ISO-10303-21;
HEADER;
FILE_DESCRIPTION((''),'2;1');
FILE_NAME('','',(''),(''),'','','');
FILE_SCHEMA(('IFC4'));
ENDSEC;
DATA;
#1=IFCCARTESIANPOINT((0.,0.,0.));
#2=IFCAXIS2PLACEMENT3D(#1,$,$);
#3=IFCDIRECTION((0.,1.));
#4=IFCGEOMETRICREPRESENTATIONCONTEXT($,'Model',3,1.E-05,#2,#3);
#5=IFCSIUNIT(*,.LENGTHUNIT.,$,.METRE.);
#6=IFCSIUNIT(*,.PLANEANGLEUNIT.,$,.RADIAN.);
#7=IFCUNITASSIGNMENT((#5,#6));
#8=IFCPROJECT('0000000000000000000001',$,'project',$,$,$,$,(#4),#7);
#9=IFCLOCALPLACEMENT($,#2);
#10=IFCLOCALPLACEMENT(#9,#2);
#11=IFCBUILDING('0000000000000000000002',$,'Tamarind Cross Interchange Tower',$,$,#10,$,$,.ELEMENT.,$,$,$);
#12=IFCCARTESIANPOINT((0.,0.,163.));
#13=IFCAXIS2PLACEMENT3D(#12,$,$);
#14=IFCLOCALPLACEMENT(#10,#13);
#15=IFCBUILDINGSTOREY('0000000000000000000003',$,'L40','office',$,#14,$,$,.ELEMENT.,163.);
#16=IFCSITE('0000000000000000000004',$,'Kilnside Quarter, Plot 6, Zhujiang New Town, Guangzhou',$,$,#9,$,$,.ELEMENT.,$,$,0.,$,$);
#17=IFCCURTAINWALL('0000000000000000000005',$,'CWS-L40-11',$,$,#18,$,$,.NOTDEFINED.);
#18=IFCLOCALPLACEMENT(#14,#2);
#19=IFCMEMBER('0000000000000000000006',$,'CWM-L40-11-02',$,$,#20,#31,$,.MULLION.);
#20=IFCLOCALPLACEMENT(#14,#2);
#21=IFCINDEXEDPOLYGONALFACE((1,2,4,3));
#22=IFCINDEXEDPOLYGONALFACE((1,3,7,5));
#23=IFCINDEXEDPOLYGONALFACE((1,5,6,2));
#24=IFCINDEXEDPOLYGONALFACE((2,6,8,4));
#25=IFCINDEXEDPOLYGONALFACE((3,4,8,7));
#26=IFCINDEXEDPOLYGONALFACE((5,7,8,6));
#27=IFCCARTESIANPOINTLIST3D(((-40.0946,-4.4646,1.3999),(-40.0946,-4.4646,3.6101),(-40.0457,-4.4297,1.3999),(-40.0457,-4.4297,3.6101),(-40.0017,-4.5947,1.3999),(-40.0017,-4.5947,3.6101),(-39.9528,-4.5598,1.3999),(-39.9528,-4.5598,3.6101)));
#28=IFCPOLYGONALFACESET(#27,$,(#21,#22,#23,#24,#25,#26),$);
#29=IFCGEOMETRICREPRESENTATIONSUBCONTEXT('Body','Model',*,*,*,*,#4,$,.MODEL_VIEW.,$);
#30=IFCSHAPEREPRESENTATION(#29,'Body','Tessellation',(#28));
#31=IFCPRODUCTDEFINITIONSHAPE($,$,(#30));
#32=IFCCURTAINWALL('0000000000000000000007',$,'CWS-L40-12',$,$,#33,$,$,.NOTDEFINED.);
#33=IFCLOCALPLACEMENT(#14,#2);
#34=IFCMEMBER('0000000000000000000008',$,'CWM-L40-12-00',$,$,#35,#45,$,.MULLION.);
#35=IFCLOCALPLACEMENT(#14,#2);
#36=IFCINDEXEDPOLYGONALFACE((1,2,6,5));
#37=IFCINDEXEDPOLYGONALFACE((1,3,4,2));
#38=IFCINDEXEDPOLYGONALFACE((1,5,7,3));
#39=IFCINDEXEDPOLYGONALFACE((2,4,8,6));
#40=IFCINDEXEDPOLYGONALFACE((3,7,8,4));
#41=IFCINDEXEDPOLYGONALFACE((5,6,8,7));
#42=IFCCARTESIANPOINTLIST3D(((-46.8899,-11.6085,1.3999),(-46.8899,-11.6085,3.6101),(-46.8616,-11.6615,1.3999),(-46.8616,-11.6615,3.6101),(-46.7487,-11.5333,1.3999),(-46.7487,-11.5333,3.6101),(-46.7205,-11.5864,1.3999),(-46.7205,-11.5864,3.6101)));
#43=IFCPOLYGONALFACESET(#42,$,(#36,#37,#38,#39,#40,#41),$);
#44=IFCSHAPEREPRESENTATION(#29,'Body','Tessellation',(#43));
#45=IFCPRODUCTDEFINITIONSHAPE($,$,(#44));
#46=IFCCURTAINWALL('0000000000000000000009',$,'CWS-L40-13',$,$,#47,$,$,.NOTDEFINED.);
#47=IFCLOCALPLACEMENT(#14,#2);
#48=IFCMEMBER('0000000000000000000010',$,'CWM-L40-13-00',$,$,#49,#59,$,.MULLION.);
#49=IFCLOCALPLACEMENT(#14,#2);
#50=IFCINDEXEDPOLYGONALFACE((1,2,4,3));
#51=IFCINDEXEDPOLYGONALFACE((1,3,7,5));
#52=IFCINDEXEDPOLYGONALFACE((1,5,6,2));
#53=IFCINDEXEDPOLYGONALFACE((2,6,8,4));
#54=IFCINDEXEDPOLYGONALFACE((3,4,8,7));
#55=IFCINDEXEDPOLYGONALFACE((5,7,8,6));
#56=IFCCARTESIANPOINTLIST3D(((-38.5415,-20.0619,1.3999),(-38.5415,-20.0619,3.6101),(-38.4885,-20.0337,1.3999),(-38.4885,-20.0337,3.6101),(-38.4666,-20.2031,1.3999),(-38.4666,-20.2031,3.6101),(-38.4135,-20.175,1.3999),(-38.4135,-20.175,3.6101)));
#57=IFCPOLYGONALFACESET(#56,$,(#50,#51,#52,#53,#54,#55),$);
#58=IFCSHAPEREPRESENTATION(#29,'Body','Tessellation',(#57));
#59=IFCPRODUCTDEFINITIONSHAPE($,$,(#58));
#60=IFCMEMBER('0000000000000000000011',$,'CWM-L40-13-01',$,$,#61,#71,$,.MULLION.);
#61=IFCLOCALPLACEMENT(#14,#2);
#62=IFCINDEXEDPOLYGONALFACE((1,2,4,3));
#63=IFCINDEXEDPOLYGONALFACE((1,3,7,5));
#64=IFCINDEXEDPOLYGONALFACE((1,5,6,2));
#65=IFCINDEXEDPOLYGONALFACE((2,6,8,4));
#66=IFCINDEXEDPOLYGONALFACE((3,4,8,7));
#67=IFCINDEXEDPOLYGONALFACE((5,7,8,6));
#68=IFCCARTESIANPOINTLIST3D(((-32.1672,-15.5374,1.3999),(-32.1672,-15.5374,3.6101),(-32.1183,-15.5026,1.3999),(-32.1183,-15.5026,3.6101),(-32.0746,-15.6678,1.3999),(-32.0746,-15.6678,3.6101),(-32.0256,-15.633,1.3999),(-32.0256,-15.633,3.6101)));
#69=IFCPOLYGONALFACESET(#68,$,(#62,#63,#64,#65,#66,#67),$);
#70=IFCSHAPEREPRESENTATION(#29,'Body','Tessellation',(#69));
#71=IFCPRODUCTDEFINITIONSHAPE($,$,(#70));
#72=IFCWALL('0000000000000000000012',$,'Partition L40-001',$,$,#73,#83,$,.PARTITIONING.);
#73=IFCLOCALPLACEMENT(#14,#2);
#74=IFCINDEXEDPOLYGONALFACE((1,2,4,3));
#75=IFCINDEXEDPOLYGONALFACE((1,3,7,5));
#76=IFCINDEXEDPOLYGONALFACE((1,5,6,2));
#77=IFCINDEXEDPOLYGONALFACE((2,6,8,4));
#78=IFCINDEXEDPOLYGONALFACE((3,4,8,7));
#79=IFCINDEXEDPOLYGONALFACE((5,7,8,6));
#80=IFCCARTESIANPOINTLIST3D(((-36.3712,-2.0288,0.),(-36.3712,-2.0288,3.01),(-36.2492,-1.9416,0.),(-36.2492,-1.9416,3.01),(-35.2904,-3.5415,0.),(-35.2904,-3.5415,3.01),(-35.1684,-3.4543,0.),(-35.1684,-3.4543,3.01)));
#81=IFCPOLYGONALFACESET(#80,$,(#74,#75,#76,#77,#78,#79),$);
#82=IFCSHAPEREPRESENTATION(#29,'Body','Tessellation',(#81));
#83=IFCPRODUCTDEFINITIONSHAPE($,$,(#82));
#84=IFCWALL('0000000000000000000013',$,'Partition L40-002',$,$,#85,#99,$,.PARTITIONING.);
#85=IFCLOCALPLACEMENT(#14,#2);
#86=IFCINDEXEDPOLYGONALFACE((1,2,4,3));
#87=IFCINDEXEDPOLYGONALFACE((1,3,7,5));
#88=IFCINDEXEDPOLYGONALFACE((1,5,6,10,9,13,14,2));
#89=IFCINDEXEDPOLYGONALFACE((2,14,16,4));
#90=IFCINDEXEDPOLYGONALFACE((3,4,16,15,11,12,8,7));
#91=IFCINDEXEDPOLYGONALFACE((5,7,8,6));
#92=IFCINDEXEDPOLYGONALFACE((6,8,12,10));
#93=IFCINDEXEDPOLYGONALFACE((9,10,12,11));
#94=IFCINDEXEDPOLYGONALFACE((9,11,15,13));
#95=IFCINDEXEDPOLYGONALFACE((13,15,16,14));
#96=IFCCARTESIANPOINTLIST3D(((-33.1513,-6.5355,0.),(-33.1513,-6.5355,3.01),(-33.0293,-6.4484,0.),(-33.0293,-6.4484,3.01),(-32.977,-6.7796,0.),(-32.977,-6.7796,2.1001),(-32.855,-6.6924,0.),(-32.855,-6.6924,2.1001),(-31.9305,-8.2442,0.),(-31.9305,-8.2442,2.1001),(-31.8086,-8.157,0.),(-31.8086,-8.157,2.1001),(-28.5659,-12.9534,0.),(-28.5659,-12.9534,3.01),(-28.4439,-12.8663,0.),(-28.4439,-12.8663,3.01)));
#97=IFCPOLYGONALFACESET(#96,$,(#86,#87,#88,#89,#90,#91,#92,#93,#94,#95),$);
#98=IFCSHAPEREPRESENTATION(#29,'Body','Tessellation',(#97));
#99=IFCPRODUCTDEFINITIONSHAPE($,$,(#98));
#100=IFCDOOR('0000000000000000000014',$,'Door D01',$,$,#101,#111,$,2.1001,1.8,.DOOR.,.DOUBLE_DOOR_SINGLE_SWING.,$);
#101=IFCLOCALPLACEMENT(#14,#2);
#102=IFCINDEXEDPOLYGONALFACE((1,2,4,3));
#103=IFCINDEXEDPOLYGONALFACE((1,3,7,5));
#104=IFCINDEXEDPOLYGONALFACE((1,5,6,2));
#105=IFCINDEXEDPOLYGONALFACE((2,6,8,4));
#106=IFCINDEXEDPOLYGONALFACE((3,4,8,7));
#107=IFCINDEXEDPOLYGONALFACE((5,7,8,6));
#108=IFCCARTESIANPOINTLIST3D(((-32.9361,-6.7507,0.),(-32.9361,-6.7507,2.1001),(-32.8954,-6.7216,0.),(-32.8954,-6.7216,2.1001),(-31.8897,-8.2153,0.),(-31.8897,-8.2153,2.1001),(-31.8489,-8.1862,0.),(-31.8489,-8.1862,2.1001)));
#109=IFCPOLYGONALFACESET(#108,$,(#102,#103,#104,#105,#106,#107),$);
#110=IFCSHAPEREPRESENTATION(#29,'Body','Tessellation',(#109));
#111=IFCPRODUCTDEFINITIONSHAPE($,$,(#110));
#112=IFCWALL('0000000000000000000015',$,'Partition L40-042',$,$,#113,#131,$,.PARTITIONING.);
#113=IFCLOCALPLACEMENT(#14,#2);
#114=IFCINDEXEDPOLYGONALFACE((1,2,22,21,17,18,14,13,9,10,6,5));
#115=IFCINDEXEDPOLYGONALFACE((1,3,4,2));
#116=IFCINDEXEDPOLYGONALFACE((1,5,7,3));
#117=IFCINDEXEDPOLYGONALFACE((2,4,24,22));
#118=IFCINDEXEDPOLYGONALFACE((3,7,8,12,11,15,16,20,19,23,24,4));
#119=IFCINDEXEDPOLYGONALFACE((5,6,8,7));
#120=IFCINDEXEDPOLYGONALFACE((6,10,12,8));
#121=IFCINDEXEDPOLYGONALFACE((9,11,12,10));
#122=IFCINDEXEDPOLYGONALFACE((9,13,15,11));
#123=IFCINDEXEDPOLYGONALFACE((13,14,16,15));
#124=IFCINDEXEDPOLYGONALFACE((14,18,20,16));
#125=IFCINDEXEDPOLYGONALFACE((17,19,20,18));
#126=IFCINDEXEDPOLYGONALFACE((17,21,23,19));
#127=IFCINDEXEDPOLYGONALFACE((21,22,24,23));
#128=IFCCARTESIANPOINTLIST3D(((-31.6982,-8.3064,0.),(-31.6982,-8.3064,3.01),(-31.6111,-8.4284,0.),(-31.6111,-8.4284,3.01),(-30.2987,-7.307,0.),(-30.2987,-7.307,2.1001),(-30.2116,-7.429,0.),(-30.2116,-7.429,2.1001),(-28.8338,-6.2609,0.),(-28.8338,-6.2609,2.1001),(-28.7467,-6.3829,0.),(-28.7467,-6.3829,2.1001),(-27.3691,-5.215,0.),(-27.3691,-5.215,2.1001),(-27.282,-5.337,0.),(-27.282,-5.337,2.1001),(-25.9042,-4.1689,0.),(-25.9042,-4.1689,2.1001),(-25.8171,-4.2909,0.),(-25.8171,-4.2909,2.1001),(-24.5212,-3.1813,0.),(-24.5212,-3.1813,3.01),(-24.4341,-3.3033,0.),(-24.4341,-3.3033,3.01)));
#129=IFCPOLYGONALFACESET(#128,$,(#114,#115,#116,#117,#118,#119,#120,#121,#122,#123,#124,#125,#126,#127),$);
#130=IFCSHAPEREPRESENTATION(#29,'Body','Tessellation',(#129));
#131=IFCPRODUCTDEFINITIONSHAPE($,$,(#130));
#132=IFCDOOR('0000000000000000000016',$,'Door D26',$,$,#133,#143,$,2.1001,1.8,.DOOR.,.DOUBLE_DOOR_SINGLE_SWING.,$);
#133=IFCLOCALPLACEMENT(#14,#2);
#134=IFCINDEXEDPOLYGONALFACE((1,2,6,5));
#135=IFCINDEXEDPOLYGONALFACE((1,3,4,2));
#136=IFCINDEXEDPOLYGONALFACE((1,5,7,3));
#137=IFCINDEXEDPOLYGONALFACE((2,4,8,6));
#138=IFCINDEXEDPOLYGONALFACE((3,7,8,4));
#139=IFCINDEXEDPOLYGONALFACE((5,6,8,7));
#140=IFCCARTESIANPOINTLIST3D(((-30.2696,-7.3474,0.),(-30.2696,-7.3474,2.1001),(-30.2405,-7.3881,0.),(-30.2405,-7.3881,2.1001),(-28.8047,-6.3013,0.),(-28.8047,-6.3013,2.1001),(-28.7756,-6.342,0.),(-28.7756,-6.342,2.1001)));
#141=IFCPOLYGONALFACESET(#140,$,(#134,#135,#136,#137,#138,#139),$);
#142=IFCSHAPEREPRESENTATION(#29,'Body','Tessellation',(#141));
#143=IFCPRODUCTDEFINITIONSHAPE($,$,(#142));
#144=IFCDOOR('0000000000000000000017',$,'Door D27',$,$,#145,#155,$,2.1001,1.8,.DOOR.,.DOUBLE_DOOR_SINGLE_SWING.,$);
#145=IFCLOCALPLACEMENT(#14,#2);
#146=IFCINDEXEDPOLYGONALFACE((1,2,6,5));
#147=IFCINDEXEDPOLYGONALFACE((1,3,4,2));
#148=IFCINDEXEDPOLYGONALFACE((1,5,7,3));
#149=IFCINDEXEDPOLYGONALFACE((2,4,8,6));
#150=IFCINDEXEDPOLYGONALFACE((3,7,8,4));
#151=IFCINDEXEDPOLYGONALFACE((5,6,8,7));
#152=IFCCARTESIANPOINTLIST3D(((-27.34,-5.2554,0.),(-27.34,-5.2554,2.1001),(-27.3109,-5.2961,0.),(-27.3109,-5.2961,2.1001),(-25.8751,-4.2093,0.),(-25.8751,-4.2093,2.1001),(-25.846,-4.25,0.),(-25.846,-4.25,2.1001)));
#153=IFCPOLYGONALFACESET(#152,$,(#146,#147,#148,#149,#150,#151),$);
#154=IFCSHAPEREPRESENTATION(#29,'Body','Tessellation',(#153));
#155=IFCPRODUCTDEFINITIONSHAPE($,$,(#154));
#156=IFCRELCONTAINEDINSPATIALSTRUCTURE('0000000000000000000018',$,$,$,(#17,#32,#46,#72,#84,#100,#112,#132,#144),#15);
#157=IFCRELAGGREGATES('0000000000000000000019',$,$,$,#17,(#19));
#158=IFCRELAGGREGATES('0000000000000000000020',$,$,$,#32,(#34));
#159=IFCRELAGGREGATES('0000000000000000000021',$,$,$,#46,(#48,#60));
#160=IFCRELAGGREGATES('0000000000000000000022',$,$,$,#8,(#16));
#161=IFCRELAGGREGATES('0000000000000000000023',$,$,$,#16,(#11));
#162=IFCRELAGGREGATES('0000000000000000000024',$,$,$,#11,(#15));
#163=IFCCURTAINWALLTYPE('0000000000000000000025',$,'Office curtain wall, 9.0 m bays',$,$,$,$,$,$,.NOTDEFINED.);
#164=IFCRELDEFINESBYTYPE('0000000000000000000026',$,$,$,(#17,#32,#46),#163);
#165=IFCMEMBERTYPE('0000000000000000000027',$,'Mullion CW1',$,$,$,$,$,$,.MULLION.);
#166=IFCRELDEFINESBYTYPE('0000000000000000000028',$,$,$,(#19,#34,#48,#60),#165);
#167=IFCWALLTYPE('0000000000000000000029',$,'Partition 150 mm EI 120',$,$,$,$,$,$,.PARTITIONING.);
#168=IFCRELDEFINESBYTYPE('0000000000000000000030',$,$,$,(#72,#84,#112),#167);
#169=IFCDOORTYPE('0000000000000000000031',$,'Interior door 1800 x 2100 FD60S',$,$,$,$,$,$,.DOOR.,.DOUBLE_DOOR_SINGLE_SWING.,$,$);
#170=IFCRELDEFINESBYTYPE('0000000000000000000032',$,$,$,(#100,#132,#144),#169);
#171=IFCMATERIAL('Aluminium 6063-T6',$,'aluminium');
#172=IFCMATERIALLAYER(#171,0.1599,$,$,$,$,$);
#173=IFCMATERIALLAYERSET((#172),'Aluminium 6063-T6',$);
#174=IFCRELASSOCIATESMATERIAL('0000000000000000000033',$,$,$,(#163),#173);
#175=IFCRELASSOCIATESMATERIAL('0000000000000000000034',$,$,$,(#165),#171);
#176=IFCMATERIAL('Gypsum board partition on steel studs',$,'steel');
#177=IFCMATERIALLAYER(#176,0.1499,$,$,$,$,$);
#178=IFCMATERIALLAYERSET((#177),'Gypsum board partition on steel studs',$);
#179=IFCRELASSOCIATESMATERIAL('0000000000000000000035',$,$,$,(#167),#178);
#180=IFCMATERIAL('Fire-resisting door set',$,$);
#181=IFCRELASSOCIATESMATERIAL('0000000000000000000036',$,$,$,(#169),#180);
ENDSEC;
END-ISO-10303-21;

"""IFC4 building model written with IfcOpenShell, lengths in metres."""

from ifc_helpers import new_model, si_unit, direction, frame, frame_2d, origin, origin_2d, place, context, subcontext, project, spatial, rectangle, extrude, material, layer, layer_set, material_profile, profile_set, type_object, element, fill, aggregate, save


model = new_model("IFC4")

# Units and contexts
model_context = context("Model", 3, precision=1e-05, world=origin(), true_north=direction((0.0, 1.0)))
body_context = subcontext(model_context, "Body", "Model", "MODEL_VIEW")
ifc_project = project(units=[si_unit("LENGTHUNIT", "METRE"), si_unit("PLANEANGLEUNIT", "RADIAN")], contexts=[model_context])

# Site, building, storey
site_placement = place(None, origin())
site = spatial("IfcSite", under=ifc_project, at=site_placement, Name="Kilnside Quarter, Plot 6, Zhujiang New Town, Guangzhou", CompositionType="ELEMENT", RefElevation=0.0)
building_placement = place(site_placement, origin())
building = spatial("IfcBuilding", under=site, at=building_placement, Name="Tamarind Cross Interchange Tower", CompositionType="ELEMENT")
storey_placement = place(building_placement, frame((0.0, 0.0, 163.0)))
storey = spatial("IfcBuildingStorey", under=building, at=storey_placement, Name="L40", Description="office", CompositionType="ELEMENT", Elevation=163.0)

# Curtain walls, members
ifc_material_1 = material(Name="Aluminium 6063-T6", Category="aluminium")
ifc_layer_1 = layer(ifc_material_1, 0.1599)
ifc_layer_set_1 = layer_set([ifc_layer_1], Name="Aluminium 6063-T6")
curtain_wall_type = type_object("IfcCurtainWallType", Name="Office curtain wall, 9.0 m bays", PredefinedType="NOTDEFINED", material=ifc_layer_set_1)
curtain_wall_1_placement = place(storey_placement, origin())
curtain_wall_1 = element("IfcCurtainWall", 1, at=curtain_wall_1_placement, inside=storey, type_object=curtain_wall_type, Name="CWS-L40-11", PredefinedType="NOTDEFINED")
ifc_material_profile_1 = material_profile(ifc_material_1, rectangle(XDim=0.0601, YDim=0.1599, at=origin_2d()), Name="Mullion CW1")
ifc_profile_set_1 = profile_set([ifc_material_profile_1], Name="Aluminium 6063-T6")
member_type = type_object("IfcMemberType", Name="Mullion CW1", PredefinedType="MULLION", material=ifc_profile_set_1)
member_1_placement = place(storey_placement, frame((-40.0237, -4.5122, 1.3999), z_axis=(0.0, 0.0, 1.0), x_axis=(-0.81388, -0.581033, 0.0)))
member_1 = element("IfcMember", 2, at=member_1_placement, type_object=member_type, Name="CWM-L40-11-02", PredefinedType="MULLION", context=body_context, shape_type="SweptSolid", body=[
    extrude(rectangle(XDim=0.0601, YDim=0.1599, at=origin_2d()), origin(), (0.0, 0.0, 1.0), 2.2102),
])
aggregate(curtain_wall_1, [member_1])
curtain_wall_2_placement = place(storey_placement, origin())
curtain_wall_2 = element("IfcCurtainWall", 3, at=curtain_wall_2_placement, inside=storey, type_object=curtain_wall_type, Name="CWS-L40-12", PredefinedType="NOTDEFINED")
member_2_placement = place(storey_placement, frame((-46.8052, -11.5974, 1.3999), z_axis=(0.0, 0.0, 1.0), x_axis=(0.469829, -0.882757, 0.0)))
member_2 = element("IfcMember", 4, at=member_2_placement, type_object=member_type, Name="CWM-L40-12-00", PredefinedType="MULLION", context=body_context, shape_type="SweptSolid", body=[
    extrude(rectangle(XDim=0.0601, YDim=0.1599, at=origin_2d()), origin(), (0.0, 0.0, 1.0), 2.2102),
])
aggregate(curtain_wall_2, [member_2])

# Curtain wall, members
curtain_wall_3_placement = place(storey_placement, origin())
curtain_wall_3 = element("IfcCurtainWall", 5, at=curtain_wall_3_placement, inside=storey, type_object=curtain_wall_type, Name="CWS-L40-13", PredefinedType="NOTDEFINED")
member_3_placement = place(storey_placement, frame((-38.4775, -20.1184, 1.3999), z_axis=(0.0, 0.0, 1.0), x_axis=(0.883297, 0.468813, 0.0)))
member_3 = element("IfcMember", 6, at=member_3_placement, type_object=member_type, Name="CWM-L40-13-00", PredefinedType="MULLION", context=body_context, shape_type="SweptSolid", body=[
    extrude(rectangle(XDim=0.0601, YDim=0.1599, at=origin_2d()), origin(), (0.0, 0.0, 1.0), 2.2102),
])
member_4_placement = place(storey_placement, frame((-32.0964, -15.5852, 1.3999), z_axis=(0.0, 0.0, 1.0), x_axis=(0.815215, 0.579159, 0.0)))
member_4 = element("IfcMember", 7, at=member_4_placement, type_object=member_type, Name="CWM-L40-13-01", PredefinedType="MULLION", context=body_context, shape_type="SweptSolid", body=[
    extrude(rectangle(XDim=0.0601, YDim=0.1599, at=origin_2d()), origin(), (0.0, 0.0, 1.0), 2.2102),
])
aggregate(curtain_wall_3, [member_3, member_4])

# Wall
ifc_material_2 = material(Name="Gypsum board partition on steel studs", Category="steel")
ifc_layer_2 = layer(ifc_material_2, 0.1499)
ifc_layer_set_2 = layer_set([ifc_layer_2], Name="Gypsum board partition on steel studs")
wall_type = type_object("IfcWallType", Name="Partition 150 mm EI 120", PredefinedType="PARTITIONING", material=ifc_layer_set_2)
wall_1_placement = place(storey_placement, frame((-36.3103, -1.9851, 0.0), z_axis=(0.0, 0.0, 1.0), x_axis=(0.58135, -0.813654, 0.0)))
element("IfcWall", 8, at=wall_1_placement, inside=storey, type_object=wall_type, Name="Partition L40-001", PredefinedType="PARTITIONING", context=body_context, shape_type="SweptSolid", body=[
    extrude(rectangle(XDim=1.8591, YDim=0.1499, at=frame_2d((0.9297, 0.0))), origin(), (0.0, 0.0, 1.0), 3.01),
])

# Wall, opening, door
wall_2_placement = place(storey_placement, frame((-33.0903, -6.4919, 0.0), z_axis=(0.0, 0.0, 1.0), x_axis=(0.581338, -0.813662, 0.0)))
wall_2 = element("IfcWall", 9, at=wall_2_placement, inside=storey, type_object=wall_type, Name="Partition L40-002", PredefinedType="PARTITIONING", context=body_context, shape_type="SweptSolid", body=[
    extrude(rectangle(XDim=7.8877, YDim=0.1499, at=frame_2d((3.9438, 0.0))), origin(), (0.0, 0.0, 1.0), 3.01),
])
opening_1_placement = place(wall_2_placement, frame((0.3, 0.0, 0.0)))
opening_1 = element("IfcOpeningElement", 10, at=opening_1_placement, cuts=wall_2, PredefinedType="OPENING", context=body_context, shape_type="SweptSolid", body=[
    extrude(rectangle(XDim=1.8, YDim=2.1001, at=frame_2d((0.8999, 1.05))), frame((0.0, 0.085, 0.0), z_axis=(0.0, -1.0, 0.0), x_axis=(1.0, 0.0, 0.0)), (0.0, 0.0, 1.0), 0.1699),
])
ifc_material_3 = material(Name="Fire-resisting door set")
door_type = type_object("IfcDoorType", Name="Interior door 1800 x 2100 FD60S", OperationType="DOUBLE_DOOR_SINGLE_SWING", PredefinedType="DOOR", material=ifc_material_3)
door_1_placement = place(opening_1_placement, frame((1.8, 0.0, 0.0), z_axis=(0.0, 0.0, 1.0), x_axis=(-1.0, 0.0, 0.0)))
door_1 = element("IfcDoor", 11, at=door_1_placement, inside=storey, type_object=door_type, Name="Door D01", OperationType="DOUBLE_DOOR_SINGLE_SWING", OverallHeight=2.1001, OverallWidth=1.8, PredefinedType="DOOR", context=body_context, shape_type="SweptSolid", body=[
    extrude(rectangle(XDim=1.8, YDim=2.1001, at=frame_2d((0.8999, 1.05))), frame((0.0, 0.0249, 0.0), z_axis=(0.0, -1.0, 0.0), x_axis=(1.0, 0.0, 0.0)), (0.0, 0.0, 1.0), 0.05),
])
fill(opening_1, door_1)

# Wall, openings, doors
wall_3_placement = place(storey_placement, frame((-31.6548, -8.3674, 0.0), z_axis=(0.0, 0.0, 1.0), x_axis=(0.81381, 0.581131, 0.0)))
wall_3 = element("IfcWall", 12, at=wall_3_placement, inside=storey, type_object=wall_type, Name="Partition L40-042", PredefinedType="PARTITIONING", context=body_context, shape_type="SweptSolid", body=[
    extrude(rectangle(XDim=8.8191, YDim=0.1499, at=frame_2d((4.4097, 0.0))), origin(), (0.0, 0.0, 1.0), 3.01),
])
opening_2_placement = place(wall_3_placement, frame((1.72, 0.0, 0.0)))
opening_2 = element("IfcOpeningElement", 13, at=opening_2_placement, cuts=wall_3, PredefinedType="OPENING", context=body_context, shape_type="SweptSolid", body=[
    extrude(rectangle(XDim=1.8, YDim=2.1001, at=frame_2d((0.8999, 1.05))), frame((0.0, 0.085, 0.0), z_axis=(0.0, -1.0, 0.0), x_axis=(1.0, 0.0, 0.0)), (0.0, 0.0, 1.0), 0.1699),
])
opening_3_placement = place(wall_3_placement, frame((5.3198, 0.0, 0.0)))
opening_3 = element("IfcOpeningElement", 14, at=opening_3_placement, cuts=wall_3, PredefinedType="OPENING", context=body_context, shape_type="SweptSolid", body=[
    extrude(rectangle(XDim=1.8, YDim=2.1001, at=frame_2d((0.8999, 1.05))), frame((0.0, 0.085, 0.0), z_axis=(0.0, -1.0, 0.0), x_axis=(1.0, 0.0, 0.0)), (0.0, 0.0, 1.0), 0.1699),
])
door_2_placement = place(opening_2_placement, frame((1.8, 0.0, 0.0), z_axis=(0.0, 0.0, 1.0), x_axis=(-1.0, 0.0, 0.0)))
door_2 = element("IfcDoor", 15, at=door_2_placement, inside=storey, type_object=door_type, Name="Door D26", OperationType="DOUBLE_DOOR_SINGLE_SWING", OverallHeight=2.1001, OverallWidth=1.8, PredefinedType="DOOR", context=body_context, shape_type="SweptSolid", body=[
    extrude(rectangle(XDim=1.8, YDim=2.1001, at=frame_2d((0.8999, 1.05))), frame((0.0, 0.0249, 0.0), z_axis=(0.0, -1.0, 0.0), x_axis=(1.0, 0.0, 0.0)), (0.0, 0.0, 1.0), 0.05),
])
fill(opening_2, door_2)
door_3_placement = place(opening_3_placement, frame((1.8, 0.0, 0.0), z_axis=(0.0, 0.0, 1.0), x_axis=(-1.0, 0.0, 0.0)))
door_3 = element("IfcDoor", 16, at=door_3_placement, inside=storey, type_object=door_type, Name="Door D27", OperationType="DOUBLE_DOOR_SINGLE_SWING", OverallHeight=2.1001, OverallWidth=1.8, PredefinedType="DOOR", context=body_context, shape_type="SweptSolid", body=[
    extrude(rectangle(XDim=1.8, YDim=2.1001, at=frame_2d((0.8999, 1.05))), frame((0.0, 0.0249, 0.0), z_axis=(0.0, -1.0, 0.0), x_axis=(1.0, 0.0, 0.0)), (0.0, 0.0, 1.0), 0.05),
])
fill(opening_3, door_3)

save(model, "model.ifc")
